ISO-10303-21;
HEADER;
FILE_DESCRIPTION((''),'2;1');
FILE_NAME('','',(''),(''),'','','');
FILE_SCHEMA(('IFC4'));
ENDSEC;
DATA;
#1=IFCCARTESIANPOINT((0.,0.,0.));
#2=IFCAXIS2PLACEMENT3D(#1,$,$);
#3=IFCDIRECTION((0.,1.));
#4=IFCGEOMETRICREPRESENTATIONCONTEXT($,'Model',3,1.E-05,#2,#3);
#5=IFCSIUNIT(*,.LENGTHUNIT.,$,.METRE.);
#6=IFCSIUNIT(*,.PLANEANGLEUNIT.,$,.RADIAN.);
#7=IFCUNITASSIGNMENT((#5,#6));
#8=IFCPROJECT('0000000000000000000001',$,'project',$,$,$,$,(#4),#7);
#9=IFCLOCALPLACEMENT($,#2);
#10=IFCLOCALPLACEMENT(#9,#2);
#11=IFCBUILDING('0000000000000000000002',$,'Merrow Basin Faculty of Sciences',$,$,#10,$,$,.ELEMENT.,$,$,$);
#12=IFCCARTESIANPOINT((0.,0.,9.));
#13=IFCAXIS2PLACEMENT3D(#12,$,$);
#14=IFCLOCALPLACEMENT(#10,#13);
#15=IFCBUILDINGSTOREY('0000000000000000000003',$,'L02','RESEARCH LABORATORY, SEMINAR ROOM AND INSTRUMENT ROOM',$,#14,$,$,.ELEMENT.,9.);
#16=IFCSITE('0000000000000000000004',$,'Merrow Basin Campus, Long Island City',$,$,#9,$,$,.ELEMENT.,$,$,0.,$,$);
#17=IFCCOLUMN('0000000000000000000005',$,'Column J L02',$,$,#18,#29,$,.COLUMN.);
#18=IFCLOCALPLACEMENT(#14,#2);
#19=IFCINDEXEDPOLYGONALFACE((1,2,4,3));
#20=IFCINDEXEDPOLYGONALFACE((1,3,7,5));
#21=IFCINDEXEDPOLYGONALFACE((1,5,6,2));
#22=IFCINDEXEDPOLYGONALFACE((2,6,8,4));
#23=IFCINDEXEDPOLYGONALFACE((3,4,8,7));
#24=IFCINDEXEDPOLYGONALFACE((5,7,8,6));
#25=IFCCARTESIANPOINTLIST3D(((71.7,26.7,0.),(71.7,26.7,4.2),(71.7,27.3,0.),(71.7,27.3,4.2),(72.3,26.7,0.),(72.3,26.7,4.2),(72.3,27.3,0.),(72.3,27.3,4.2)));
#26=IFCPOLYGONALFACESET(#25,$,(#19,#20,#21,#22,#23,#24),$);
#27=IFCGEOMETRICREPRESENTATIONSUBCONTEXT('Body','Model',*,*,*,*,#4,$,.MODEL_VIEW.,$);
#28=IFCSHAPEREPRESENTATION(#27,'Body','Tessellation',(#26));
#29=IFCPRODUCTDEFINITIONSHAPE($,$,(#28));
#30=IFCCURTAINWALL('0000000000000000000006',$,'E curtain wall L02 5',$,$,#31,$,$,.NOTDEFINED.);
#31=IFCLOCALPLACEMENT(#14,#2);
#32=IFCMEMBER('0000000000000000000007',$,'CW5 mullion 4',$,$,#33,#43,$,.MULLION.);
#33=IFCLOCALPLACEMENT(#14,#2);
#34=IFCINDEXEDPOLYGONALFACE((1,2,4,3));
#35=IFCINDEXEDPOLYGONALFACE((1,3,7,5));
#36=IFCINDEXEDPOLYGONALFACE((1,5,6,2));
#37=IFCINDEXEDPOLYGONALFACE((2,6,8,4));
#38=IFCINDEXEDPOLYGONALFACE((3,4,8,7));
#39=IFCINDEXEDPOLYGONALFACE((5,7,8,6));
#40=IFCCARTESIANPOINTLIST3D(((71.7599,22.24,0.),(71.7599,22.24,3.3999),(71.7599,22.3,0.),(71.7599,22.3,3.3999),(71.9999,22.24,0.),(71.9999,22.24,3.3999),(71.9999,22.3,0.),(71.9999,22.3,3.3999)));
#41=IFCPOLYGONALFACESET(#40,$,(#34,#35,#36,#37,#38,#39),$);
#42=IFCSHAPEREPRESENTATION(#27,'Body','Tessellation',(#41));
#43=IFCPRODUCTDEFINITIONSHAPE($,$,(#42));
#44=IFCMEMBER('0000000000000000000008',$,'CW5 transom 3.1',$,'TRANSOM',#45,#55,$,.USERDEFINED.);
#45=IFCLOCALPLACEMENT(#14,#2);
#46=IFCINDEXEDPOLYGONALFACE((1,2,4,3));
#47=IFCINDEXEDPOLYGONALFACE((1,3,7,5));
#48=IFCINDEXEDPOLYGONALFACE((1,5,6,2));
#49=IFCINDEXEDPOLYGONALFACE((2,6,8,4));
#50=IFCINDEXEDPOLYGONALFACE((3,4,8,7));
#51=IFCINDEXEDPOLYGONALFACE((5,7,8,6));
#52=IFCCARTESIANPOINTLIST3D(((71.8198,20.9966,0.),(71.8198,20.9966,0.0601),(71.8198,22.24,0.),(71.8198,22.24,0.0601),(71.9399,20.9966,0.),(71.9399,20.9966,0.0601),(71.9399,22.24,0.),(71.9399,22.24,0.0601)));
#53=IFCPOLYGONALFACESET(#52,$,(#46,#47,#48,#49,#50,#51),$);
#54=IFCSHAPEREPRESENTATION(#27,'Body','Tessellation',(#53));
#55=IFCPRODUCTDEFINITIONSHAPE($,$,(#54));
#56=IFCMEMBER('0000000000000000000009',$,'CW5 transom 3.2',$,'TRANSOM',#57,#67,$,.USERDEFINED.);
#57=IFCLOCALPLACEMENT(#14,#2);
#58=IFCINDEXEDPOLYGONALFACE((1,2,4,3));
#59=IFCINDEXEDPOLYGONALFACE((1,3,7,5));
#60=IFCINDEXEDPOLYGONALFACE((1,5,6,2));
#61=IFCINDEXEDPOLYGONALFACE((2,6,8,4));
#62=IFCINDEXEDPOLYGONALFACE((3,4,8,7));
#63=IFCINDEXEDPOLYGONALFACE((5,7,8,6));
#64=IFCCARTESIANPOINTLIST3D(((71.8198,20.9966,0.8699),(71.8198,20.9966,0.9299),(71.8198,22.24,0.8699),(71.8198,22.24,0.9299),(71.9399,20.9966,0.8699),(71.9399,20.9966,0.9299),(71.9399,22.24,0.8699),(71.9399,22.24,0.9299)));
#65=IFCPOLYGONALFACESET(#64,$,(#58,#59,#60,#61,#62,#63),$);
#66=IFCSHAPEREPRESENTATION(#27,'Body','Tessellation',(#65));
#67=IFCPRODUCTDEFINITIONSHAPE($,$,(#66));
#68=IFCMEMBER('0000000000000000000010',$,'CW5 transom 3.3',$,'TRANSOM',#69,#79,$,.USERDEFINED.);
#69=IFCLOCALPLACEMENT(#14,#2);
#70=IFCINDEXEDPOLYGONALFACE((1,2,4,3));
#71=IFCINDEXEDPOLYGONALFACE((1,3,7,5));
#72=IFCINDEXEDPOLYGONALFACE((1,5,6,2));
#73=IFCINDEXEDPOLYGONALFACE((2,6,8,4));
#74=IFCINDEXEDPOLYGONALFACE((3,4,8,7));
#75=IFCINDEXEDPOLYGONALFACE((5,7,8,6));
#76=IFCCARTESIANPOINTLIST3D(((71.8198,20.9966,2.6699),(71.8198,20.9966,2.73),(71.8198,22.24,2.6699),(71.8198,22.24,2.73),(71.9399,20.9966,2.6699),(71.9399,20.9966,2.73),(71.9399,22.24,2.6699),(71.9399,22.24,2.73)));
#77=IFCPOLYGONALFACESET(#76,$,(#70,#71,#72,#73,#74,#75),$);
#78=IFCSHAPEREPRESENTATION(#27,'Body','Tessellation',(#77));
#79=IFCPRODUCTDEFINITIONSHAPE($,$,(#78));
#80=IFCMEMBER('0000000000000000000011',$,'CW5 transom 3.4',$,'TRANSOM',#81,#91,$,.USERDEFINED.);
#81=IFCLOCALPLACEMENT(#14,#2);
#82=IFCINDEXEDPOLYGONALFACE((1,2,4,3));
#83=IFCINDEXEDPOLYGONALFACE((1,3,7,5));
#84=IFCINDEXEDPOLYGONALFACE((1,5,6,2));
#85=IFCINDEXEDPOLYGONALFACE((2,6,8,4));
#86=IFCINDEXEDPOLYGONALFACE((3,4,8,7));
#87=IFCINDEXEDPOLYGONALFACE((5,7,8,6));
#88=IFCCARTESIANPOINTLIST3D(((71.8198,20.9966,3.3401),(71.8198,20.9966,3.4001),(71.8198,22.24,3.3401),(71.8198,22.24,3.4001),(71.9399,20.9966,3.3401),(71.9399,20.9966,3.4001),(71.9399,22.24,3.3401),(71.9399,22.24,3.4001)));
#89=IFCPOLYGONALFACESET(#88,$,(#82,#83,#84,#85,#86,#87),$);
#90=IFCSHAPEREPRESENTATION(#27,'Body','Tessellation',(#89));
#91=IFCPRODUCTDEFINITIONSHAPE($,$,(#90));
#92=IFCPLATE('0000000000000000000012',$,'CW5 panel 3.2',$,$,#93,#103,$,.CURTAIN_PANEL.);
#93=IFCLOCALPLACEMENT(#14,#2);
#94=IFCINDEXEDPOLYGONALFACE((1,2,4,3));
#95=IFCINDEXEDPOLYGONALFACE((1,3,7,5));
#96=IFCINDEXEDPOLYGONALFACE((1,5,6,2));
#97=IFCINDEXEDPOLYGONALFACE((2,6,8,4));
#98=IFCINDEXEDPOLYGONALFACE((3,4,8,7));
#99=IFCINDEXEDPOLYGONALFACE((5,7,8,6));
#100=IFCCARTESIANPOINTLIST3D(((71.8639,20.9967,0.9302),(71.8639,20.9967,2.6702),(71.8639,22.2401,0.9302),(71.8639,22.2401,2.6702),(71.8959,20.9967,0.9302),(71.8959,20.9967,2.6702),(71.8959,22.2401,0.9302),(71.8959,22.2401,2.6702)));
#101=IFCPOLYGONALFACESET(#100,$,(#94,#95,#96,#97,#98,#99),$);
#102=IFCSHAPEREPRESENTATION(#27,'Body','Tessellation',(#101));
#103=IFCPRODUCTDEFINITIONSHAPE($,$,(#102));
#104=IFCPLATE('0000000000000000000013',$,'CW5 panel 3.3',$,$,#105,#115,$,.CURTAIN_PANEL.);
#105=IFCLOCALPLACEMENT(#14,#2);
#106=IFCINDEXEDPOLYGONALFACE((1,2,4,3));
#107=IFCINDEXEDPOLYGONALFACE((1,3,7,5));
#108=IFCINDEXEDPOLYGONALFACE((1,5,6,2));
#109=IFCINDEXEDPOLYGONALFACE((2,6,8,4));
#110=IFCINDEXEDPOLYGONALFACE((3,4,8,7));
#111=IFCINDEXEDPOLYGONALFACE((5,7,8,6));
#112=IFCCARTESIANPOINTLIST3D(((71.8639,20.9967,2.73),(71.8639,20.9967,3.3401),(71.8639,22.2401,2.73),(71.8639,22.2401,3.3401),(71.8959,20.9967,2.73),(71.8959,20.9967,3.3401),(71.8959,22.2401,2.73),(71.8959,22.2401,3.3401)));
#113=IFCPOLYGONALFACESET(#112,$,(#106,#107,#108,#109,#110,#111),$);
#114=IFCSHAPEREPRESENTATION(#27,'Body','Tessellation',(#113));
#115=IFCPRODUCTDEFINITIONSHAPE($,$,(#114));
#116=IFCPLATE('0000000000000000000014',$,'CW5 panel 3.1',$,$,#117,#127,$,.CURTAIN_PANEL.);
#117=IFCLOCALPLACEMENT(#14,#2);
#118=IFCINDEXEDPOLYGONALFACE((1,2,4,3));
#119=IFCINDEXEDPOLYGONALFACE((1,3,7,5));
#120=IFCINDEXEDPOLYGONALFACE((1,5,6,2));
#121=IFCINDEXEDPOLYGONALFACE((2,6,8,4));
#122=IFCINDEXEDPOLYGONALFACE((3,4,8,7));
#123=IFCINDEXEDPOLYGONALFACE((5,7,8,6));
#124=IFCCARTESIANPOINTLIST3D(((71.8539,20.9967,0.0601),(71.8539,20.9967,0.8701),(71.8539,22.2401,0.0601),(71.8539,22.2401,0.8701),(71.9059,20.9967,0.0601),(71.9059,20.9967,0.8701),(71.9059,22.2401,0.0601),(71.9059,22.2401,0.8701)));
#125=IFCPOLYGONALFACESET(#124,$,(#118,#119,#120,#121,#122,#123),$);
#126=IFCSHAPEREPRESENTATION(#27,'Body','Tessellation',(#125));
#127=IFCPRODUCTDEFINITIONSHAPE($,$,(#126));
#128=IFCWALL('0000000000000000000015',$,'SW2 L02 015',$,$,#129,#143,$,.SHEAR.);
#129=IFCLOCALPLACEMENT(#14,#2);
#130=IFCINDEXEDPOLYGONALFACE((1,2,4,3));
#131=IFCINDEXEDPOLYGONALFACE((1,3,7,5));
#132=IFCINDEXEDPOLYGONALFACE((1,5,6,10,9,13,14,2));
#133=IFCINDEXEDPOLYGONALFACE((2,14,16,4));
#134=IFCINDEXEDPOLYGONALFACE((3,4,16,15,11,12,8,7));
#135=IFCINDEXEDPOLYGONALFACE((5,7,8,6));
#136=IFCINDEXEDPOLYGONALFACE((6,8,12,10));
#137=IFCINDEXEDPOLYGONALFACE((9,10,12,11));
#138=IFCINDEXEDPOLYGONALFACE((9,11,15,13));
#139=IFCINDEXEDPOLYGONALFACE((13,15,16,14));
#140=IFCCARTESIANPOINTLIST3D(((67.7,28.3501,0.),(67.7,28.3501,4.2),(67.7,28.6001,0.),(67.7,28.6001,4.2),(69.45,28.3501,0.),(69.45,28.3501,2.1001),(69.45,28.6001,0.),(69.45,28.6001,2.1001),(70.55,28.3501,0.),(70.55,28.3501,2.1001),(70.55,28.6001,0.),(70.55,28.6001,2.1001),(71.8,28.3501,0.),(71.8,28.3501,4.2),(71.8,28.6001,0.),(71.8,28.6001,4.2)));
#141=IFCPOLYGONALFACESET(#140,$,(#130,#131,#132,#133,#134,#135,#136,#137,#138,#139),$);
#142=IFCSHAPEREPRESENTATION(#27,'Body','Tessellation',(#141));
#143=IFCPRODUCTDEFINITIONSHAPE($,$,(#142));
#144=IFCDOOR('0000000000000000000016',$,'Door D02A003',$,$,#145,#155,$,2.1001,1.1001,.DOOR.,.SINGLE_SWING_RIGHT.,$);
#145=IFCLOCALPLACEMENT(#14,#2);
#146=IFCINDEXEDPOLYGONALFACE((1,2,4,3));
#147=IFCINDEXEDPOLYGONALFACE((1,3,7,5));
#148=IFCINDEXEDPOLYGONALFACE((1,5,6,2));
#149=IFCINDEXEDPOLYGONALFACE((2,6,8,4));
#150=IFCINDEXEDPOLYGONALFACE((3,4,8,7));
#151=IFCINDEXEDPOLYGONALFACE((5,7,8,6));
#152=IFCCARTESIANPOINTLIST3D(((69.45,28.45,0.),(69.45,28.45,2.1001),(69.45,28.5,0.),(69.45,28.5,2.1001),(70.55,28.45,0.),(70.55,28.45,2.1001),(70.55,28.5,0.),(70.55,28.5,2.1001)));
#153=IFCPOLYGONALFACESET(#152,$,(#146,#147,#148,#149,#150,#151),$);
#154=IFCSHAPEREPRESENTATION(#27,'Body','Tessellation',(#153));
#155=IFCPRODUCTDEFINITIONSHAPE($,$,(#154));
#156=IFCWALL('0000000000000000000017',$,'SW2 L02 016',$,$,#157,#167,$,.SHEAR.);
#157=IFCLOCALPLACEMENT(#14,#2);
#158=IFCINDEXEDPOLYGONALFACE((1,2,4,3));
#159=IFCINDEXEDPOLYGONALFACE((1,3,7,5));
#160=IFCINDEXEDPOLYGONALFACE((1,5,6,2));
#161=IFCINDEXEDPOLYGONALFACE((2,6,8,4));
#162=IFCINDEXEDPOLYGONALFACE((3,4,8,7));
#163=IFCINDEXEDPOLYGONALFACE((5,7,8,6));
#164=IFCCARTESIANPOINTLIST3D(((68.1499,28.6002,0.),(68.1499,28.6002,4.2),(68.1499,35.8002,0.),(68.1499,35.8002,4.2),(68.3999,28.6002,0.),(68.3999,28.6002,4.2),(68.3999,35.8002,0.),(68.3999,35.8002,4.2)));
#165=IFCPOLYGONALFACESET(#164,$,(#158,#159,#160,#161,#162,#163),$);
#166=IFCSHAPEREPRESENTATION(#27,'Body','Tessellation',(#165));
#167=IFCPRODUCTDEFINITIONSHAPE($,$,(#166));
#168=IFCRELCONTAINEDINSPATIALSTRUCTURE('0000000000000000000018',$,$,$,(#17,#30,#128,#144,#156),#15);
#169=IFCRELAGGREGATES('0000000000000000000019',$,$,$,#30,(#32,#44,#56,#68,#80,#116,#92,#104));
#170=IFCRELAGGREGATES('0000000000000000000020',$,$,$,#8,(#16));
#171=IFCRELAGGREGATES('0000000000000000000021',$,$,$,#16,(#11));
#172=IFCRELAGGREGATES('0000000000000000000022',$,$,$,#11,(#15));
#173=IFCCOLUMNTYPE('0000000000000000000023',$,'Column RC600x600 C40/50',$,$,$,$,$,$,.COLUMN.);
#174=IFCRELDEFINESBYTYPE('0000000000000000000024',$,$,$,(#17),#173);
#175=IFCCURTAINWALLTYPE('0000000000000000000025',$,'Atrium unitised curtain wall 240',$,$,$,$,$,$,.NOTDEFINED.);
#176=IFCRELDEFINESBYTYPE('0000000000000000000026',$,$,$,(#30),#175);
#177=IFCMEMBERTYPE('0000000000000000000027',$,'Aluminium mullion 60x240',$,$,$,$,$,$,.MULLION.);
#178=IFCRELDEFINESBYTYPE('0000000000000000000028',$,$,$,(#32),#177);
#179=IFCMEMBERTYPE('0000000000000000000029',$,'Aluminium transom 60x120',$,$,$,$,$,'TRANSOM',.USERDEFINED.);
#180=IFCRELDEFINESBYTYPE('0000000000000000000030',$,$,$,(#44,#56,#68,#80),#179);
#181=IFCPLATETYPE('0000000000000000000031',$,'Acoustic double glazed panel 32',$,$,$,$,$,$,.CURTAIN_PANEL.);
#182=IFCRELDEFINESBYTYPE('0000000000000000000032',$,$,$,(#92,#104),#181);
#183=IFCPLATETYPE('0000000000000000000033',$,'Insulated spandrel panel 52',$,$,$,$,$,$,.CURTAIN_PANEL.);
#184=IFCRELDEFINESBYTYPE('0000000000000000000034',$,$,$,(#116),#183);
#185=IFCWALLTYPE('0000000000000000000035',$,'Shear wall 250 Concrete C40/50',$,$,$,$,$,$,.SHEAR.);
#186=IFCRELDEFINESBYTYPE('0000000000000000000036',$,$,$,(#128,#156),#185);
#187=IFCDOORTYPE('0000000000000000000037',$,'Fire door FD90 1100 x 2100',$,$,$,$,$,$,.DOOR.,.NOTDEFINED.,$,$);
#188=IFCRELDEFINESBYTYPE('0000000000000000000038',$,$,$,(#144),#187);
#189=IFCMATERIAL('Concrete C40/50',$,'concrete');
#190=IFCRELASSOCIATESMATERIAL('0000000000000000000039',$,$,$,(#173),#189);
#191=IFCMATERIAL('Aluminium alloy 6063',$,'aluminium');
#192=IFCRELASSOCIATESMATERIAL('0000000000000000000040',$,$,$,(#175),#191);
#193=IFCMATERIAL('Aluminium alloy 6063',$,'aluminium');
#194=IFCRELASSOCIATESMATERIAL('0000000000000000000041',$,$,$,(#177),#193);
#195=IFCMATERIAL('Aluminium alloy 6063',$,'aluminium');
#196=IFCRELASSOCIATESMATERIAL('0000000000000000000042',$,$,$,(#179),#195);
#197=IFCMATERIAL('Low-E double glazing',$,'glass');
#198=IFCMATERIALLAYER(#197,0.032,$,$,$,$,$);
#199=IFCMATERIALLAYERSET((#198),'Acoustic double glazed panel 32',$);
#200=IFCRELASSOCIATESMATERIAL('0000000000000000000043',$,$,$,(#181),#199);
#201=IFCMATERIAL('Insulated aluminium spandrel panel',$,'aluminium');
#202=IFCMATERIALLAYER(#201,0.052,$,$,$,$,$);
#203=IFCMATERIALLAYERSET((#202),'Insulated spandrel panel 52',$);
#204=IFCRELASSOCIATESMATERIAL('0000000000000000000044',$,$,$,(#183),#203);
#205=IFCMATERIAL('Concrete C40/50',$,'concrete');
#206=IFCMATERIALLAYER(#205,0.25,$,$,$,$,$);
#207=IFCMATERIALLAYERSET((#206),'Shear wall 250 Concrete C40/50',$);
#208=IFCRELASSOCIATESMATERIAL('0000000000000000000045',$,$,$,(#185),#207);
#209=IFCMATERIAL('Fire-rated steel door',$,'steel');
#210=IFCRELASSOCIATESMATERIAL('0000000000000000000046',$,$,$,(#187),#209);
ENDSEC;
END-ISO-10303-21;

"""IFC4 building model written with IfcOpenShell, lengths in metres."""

from ifc_helpers import new_model, si_unit, direction, frame, frame_2d, origin, origin_2d, place, context, subcontext, project, spatial, rectangle, extrude, material, layer, layer_set, material_profile, profile_set, type_object, element, fill, aggregate, save


model = new_model("IFC4")

# Units and contexts
model_context = context("Model", 3, precision=1e-05, world=origin(), true_north=direction((0.0, 1.0)))
body_context = subcontext(model_context, "Body", "Model", "MODEL_VIEW")
ifc_project = project(units=[si_unit("LENGTHUNIT", "METRE"), si_unit("PLANEANGLEUNIT", "RADIAN")], contexts=[model_context])

# Site, building, storey
site_placement = place(None, origin())
site = spatial("IfcSite", under=ifc_project, at=site_placement, Name="Merrow Basin Campus, Long Island City", CompositionType="ELEMENT", RefElevation=0.0)
building_placement = place(site_placement, origin())
building = spatial("IfcBuilding", under=site, at=building_placement, Name="Merrow Basin Faculty of Sciences", CompositionType="ELEMENT")
storey_placement = place(building_placement, frame((0.0, 0.0, 9.0)))
storey = spatial("IfcBuildingStorey", under=building, at=storey_placement, Name="L02", Description="RESEARCH LABORATORY, SEMINAR ROOM AND INSTRUMENT ROOM", CompositionType="ELEMENT", Elevation=9.0)

# Column
ifc_material_1 = material(Name="Concrete C40/50", Category="concrete")
ifc_material_profile_1 = material_profile(ifc_material_1, rectangle(XDim=0.6001, YDim=0.6001, at=origin_2d()))
ifc_profile_set_1 = profile_set([ifc_material_profile_1], Name="Concrete C40/50")
column_type = type_object("IfcColumnType", Name="Column RC600x600 C40/50", PredefinedType="COLUMN", material=ifc_profile_set_1)
column_placement = place(storey_placement, frame((72.0, 27.0, 0.0), z_axis=(0.0, 0.0, 1.0), x_axis=(1.0, 0.0, 0.0)))
element("IfcColumn", 1, at=column_placement, inside=storey, type_object=column_type, Name="Column J L02", PredefinedType="COLUMN", context=body_context, shape_type="SweptSolid", body=[
    extrude(rectangle(XDim=0.6001, YDim=0.6001, at=origin_2d()), origin(), (0.0, 0.0, 1.0), 4.2),
])

# Curtain wall, members, plates
ifc_material_2 = material(Name="Aluminium alloy 6063", Category="aluminium")
curtain_wall_type = type_object("IfcCurtainWallType", Name="Atrium unitised curtain wall 240", PredefinedType="NOTDEFINED", material=ifc_material_2)
curtain_wall_placement = place(storey_placement, origin())
curtain_wall = element("IfcCurtainWall", 2, at=curtain_wall_placement, inside=storey, type_object=curtain_wall_type, Name="E curtain wall L02 5", PredefinedType="NOTDEFINED")
ifc_material_3 = material(Name="Aluminium alloy 6063", Category="aluminium")
ifc_material_profile_2 = material_profile(ifc_material_3, rectangle(XDim=0.24, YDim=0.0601, at=origin_2d()))
ifc_profile_set_2 = profile_set([ifc_material_profile_2], Name="Aluminium alloy 6063")
member_type_1 = type_object("IfcMemberType", Name="Aluminium mullion 60x240", PredefinedType="MULLION", material=ifc_profile_set_2)
member_1_placement = place(storey_placement, frame((71.8799, 22.27, 0.0), z_axis=(0.0, 0.0, 1.0), x_axis=(-1.0, 0.0, 0.0)))
member_1 = element("IfcMember", 3, at=member_1_placement, type_object=member_type_1, Name="CW5 mullion 4", PredefinedType="MULLION", context=body_context, shape_type="SweptSolid", body=[
    extrude(rectangle(XDim=0.24, YDim=0.0601, at=origin_2d()), origin(), (0.0, 0.0, 1.0), 3.3999),
])
ifc_material_4 = material(Name="Aluminium alloy 6063", Category="aluminium")
ifc_material_profile_3 = material_profile(ifc_material_4, rectangle(XDim=0.1201, YDim=0.0601, at=origin_2d()))
ifc_profile_set_3 = profile_set([ifc_material_profile_3], Name="Aluminium alloy 6063")
member_type_2 = type_object("IfcMemberType", Name="Aluminium transom 60x120", ElementType="TRANSOM", PredefinedType="USERDEFINED", material=ifc_profile_set_3)
member_2_placement = place(storey_placement, frame((71.8799, 20.9966, 0.03), z_axis=(0.0, 1.0, 0.0), x_axis=(-1.0, 0.0, 0.0)))
member_2 = element("IfcMember", 4, at=member_2_placement, type_object=member_type_2, Name="CW5 transom 3.1", ObjectType="TRANSOM", PredefinedType="USERDEFINED", context=body_context, shape_type="SweptSolid", body=[
    extrude(rectangle(XDim=0.1201, YDim=0.0601, at=origin_2d()), origin(), (0.0, 0.0, 1.0), 1.2434),
])
member_3_placement = place(storey_placement, frame((71.8799, 20.9966, 0.8999), z_axis=(0.0, 1.0, 0.0), x_axis=(-1.0, 0.0, 0.0)))
member_3 = element("IfcMember", 5, at=member_3_placement, type_object=member_type_2, Name="CW5 transom 3.2", ObjectType="TRANSOM", PredefinedType="USERDEFINED", context=body_context, shape_type="SweptSolid", body=[
    extrude(rectangle(XDim=0.1201, YDim=0.0601, at=origin_2d()), origin(), (0.0, 0.0, 1.0), 1.2434),
])
member_4_placement = place(storey_placement, frame((71.8799, 20.9966, 2.7), z_axis=(0.0, 1.0, 0.0), x_axis=(-1.0, 0.0, 0.0)))
member_4 = element("IfcMember", 6, at=member_4_placement, type_object=member_type_2, Name="CW5 transom 3.3", ObjectType="TRANSOM", PredefinedType="USERDEFINED", context=body_context, shape_type="SweptSolid", body=[
    extrude(rectangle(XDim=0.1201, YDim=0.0601, at=origin_2d()), origin(), (0.0, 0.0, 1.0), 1.2434),
])
member_5_placement = place(storey_placement, frame((71.8799, 20.9966, 3.3701), z_axis=(0.0, 1.0, 0.0), x_axis=(-1.0, 0.0, 0.0)))
member_5 = element("IfcMember", 7, at=member_5_placement, type_object=member_type_2, Name="CW5 transom 3.4", ObjectType="TRANSOM", PredefinedType="USERDEFINED", context=body_context, shape_type="SweptSolid", body=[
    extrude(rectangle(XDim=0.1201, YDim=0.0601, at=origin_2d()), origin(), (0.0, 0.0, 1.0), 1.2434),
])
ifc_material_5 = material(Name="Low-E double glazing", Category="glass")
ifc_layer_1 = layer(ifc_material_5, 0.032)
ifc_layer_set_1 = layer_set([ifc_layer_1], Name="Acoustic double glazed panel 32")
plate_type_1 = type_object("IfcPlateType", Name="Acoustic double glazed panel 32", PredefinedType="CURTAIN_PANEL", material=ifc_layer_set_1)
plate_1_placement = place(storey_placement, frame((71.8799, 21.6184, 0.9302), z_axis=(0.0, 0.0, 1.0), x_axis=(0.0, 1.0, 0.0)))
plate_1 = element("IfcPlate", 8, at=plate_1_placement, type_object=plate_type_1, Name="CW5 panel 3.2", PredefinedType="CURTAIN_PANEL", context=body_context, shape_type="SweptSolid", body=[
    extrude(rectangle(XDim=1.2434, YDim=0.032, at=origin_2d()), origin(), (0.0, 0.0, 1.0), 1.74),
])
plate_2_placement = place(storey_placement, frame((71.8799, 21.6184, 2.73), z_axis=(0.0, 0.0, 1.0), x_axis=(0.0, 1.0, 0.0)))
plate_2 = element("IfcPlate", 9, at=plate_2_placement, type_object=plate_type_1, Name="CW5 panel 3.3", PredefinedType="CURTAIN_PANEL", context=body_context, shape_type="SweptSolid", body=[
    extrude(rectangle(XDim=1.2434, YDim=0.032, at=origin_2d()), origin(), (0.0, 0.0, 1.0), 0.6101),
])
ifc_material_6 = material(Name="Insulated aluminium spandrel panel", Category="aluminium")
ifc_layer_2 = layer(ifc_material_6, 0.052)
ifc_layer_set_2 = layer_set([ifc_layer_2], Name="Insulated spandrel panel 52")
plate_type_2 = type_object("IfcPlateType", Name="Insulated spandrel panel 52", PredefinedType="CURTAIN_PANEL", material=ifc_layer_set_2)
plate_3_placement = place(storey_placement, frame((71.8799, 21.6184, 0.0601), z_axis=(0.0, 0.0, 1.0), x_axis=(0.0, 1.0, 0.0)))
plate_3 = element("IfcPlate", 10, at=plate_3_placement, type_object=plate_type_2, Name="CW5 panel 3.1", PredefinedType="CURTAIN_PANEL", context=body_context, shape_type="SweptSolid", body=[
    extrude(rectangle(XDim=1.2434, YDim=0.052, at=origin_2d()), origin(), (0.0, 0.0, 1.0), 0.8101),
])
aggregate(curtain_wall, [member_1, member_2, member_3, member_4, member_5, plate_3, plate_1, plate_2])

# Wall, opening, door
ifc_material_7 = material(Name="Concrete C40/50", Category="concrete")
ifc_layer_3 = layer(ifc_material_7, 0.25)
ifc_layer_set_3 = layer_set([ifc_layer_3], Name="Shear wall 250 Concrete C40/50")
wall_type_1 = type_object("IfcWallType", Name="Shear wall 250 Concrete C40/50", PredefinedType="SHEAR", material=ifc_layer_set_3)
wall_1_placement = place(storey_placement, frame((67.7, 28.4751, 0.0), z_axis=(0.0, 0.0, 1.0), x_axis=(1.0, 0.0, 0.0)))
wall_1 = element("IfcWall", 11, at=wall_1_placement, inside=storey, type_object=wall_type_1, Name="SW2 L02 015", PredefinedType="SHEAR", context=body_context, shape_type="SweptSolid", body=[
    extrude(rectangle(XDim=4.1001, YDim=0.25, at=frame_2d((2.05, 0.0))), origin(), (0.0, 0.0, 1.0), 4.2),
])
opening_1_placement = place(wall_1_placement, frame((1.75, 0.0, 0.0)))
opening_1 = element("IfcOpeningElement", 12, at=opening_1_placement, cuts=wall_1, PredefinedType="OPENING", context=body_context, shape_type="SweptSolid", body=[
    extrude(rectangle(XDim=1.1001, YDim=2.1001, at=frame_2d((0.55, 1.05))), frame((0.0, 0.135, 0.0), z_axis=(0.0, -1.0, 0.0), x_axis=(1.0, 0.0, 0.0)), (0.0, 0.0, 1.0), 0.27),
])
ifc_material_8 = material(Name="Fire-rated steel door", Category="steel")
door_type_1 = type_object("IfcDoorType", Name="Fire door FD90 1100 x 2100", OperationType="NOTDEFINED", PredefinedType="DOOR", material=ifc_material_8)
door_1_placement = place(opening_1_placement, origin())
door_1 = element("IfcDoor", 13, at=door_1_placement, inside=storey, type_object=door_type_1, Name="Door D02A003", OperationType="SINGLE_SWING_RIGHT", OverallHeight=2.1001, OverallWidth=1.1001, PredefinedType="DOOR", context=body_context, shape_type="SweptSolid", body=[
    extrude(rectangle(XDim=1.1001, YDim=2.1001, at=frame_2d((0.55, 1.05))), frame((0.0, 0.0249, 0.0), z_axis=(0.0, -1.0, 0.0), x_axis=(1.0, 0.0, 0.0)), (0.0, 0.0, 1.0), 0.05),
])
fill(opening_1, door_1)

# Wall
wall_2_placement = place(storey_placement, frame((68.2749, 28.6001, 0.0), z_axis=(0.0, 0.0, 1.0), x_axis=(0.0, 1.0, 0.0)))
element("IfcWall", 14, at=wall_2_placement, inside=storey, type_object=wall_type_1, Name="SW2 L02 016", PredefinedType="SHEAR", context=body_context, shape_type="SweptSolid", body=[
    extrude(rectangle(XDim=7.2, YDim=0.25, at=frame_2d((3.6001, 0.0))), origin(), (0.0, 0.0, 1.0), 4.2),
])

save(model, "model.ifc")
